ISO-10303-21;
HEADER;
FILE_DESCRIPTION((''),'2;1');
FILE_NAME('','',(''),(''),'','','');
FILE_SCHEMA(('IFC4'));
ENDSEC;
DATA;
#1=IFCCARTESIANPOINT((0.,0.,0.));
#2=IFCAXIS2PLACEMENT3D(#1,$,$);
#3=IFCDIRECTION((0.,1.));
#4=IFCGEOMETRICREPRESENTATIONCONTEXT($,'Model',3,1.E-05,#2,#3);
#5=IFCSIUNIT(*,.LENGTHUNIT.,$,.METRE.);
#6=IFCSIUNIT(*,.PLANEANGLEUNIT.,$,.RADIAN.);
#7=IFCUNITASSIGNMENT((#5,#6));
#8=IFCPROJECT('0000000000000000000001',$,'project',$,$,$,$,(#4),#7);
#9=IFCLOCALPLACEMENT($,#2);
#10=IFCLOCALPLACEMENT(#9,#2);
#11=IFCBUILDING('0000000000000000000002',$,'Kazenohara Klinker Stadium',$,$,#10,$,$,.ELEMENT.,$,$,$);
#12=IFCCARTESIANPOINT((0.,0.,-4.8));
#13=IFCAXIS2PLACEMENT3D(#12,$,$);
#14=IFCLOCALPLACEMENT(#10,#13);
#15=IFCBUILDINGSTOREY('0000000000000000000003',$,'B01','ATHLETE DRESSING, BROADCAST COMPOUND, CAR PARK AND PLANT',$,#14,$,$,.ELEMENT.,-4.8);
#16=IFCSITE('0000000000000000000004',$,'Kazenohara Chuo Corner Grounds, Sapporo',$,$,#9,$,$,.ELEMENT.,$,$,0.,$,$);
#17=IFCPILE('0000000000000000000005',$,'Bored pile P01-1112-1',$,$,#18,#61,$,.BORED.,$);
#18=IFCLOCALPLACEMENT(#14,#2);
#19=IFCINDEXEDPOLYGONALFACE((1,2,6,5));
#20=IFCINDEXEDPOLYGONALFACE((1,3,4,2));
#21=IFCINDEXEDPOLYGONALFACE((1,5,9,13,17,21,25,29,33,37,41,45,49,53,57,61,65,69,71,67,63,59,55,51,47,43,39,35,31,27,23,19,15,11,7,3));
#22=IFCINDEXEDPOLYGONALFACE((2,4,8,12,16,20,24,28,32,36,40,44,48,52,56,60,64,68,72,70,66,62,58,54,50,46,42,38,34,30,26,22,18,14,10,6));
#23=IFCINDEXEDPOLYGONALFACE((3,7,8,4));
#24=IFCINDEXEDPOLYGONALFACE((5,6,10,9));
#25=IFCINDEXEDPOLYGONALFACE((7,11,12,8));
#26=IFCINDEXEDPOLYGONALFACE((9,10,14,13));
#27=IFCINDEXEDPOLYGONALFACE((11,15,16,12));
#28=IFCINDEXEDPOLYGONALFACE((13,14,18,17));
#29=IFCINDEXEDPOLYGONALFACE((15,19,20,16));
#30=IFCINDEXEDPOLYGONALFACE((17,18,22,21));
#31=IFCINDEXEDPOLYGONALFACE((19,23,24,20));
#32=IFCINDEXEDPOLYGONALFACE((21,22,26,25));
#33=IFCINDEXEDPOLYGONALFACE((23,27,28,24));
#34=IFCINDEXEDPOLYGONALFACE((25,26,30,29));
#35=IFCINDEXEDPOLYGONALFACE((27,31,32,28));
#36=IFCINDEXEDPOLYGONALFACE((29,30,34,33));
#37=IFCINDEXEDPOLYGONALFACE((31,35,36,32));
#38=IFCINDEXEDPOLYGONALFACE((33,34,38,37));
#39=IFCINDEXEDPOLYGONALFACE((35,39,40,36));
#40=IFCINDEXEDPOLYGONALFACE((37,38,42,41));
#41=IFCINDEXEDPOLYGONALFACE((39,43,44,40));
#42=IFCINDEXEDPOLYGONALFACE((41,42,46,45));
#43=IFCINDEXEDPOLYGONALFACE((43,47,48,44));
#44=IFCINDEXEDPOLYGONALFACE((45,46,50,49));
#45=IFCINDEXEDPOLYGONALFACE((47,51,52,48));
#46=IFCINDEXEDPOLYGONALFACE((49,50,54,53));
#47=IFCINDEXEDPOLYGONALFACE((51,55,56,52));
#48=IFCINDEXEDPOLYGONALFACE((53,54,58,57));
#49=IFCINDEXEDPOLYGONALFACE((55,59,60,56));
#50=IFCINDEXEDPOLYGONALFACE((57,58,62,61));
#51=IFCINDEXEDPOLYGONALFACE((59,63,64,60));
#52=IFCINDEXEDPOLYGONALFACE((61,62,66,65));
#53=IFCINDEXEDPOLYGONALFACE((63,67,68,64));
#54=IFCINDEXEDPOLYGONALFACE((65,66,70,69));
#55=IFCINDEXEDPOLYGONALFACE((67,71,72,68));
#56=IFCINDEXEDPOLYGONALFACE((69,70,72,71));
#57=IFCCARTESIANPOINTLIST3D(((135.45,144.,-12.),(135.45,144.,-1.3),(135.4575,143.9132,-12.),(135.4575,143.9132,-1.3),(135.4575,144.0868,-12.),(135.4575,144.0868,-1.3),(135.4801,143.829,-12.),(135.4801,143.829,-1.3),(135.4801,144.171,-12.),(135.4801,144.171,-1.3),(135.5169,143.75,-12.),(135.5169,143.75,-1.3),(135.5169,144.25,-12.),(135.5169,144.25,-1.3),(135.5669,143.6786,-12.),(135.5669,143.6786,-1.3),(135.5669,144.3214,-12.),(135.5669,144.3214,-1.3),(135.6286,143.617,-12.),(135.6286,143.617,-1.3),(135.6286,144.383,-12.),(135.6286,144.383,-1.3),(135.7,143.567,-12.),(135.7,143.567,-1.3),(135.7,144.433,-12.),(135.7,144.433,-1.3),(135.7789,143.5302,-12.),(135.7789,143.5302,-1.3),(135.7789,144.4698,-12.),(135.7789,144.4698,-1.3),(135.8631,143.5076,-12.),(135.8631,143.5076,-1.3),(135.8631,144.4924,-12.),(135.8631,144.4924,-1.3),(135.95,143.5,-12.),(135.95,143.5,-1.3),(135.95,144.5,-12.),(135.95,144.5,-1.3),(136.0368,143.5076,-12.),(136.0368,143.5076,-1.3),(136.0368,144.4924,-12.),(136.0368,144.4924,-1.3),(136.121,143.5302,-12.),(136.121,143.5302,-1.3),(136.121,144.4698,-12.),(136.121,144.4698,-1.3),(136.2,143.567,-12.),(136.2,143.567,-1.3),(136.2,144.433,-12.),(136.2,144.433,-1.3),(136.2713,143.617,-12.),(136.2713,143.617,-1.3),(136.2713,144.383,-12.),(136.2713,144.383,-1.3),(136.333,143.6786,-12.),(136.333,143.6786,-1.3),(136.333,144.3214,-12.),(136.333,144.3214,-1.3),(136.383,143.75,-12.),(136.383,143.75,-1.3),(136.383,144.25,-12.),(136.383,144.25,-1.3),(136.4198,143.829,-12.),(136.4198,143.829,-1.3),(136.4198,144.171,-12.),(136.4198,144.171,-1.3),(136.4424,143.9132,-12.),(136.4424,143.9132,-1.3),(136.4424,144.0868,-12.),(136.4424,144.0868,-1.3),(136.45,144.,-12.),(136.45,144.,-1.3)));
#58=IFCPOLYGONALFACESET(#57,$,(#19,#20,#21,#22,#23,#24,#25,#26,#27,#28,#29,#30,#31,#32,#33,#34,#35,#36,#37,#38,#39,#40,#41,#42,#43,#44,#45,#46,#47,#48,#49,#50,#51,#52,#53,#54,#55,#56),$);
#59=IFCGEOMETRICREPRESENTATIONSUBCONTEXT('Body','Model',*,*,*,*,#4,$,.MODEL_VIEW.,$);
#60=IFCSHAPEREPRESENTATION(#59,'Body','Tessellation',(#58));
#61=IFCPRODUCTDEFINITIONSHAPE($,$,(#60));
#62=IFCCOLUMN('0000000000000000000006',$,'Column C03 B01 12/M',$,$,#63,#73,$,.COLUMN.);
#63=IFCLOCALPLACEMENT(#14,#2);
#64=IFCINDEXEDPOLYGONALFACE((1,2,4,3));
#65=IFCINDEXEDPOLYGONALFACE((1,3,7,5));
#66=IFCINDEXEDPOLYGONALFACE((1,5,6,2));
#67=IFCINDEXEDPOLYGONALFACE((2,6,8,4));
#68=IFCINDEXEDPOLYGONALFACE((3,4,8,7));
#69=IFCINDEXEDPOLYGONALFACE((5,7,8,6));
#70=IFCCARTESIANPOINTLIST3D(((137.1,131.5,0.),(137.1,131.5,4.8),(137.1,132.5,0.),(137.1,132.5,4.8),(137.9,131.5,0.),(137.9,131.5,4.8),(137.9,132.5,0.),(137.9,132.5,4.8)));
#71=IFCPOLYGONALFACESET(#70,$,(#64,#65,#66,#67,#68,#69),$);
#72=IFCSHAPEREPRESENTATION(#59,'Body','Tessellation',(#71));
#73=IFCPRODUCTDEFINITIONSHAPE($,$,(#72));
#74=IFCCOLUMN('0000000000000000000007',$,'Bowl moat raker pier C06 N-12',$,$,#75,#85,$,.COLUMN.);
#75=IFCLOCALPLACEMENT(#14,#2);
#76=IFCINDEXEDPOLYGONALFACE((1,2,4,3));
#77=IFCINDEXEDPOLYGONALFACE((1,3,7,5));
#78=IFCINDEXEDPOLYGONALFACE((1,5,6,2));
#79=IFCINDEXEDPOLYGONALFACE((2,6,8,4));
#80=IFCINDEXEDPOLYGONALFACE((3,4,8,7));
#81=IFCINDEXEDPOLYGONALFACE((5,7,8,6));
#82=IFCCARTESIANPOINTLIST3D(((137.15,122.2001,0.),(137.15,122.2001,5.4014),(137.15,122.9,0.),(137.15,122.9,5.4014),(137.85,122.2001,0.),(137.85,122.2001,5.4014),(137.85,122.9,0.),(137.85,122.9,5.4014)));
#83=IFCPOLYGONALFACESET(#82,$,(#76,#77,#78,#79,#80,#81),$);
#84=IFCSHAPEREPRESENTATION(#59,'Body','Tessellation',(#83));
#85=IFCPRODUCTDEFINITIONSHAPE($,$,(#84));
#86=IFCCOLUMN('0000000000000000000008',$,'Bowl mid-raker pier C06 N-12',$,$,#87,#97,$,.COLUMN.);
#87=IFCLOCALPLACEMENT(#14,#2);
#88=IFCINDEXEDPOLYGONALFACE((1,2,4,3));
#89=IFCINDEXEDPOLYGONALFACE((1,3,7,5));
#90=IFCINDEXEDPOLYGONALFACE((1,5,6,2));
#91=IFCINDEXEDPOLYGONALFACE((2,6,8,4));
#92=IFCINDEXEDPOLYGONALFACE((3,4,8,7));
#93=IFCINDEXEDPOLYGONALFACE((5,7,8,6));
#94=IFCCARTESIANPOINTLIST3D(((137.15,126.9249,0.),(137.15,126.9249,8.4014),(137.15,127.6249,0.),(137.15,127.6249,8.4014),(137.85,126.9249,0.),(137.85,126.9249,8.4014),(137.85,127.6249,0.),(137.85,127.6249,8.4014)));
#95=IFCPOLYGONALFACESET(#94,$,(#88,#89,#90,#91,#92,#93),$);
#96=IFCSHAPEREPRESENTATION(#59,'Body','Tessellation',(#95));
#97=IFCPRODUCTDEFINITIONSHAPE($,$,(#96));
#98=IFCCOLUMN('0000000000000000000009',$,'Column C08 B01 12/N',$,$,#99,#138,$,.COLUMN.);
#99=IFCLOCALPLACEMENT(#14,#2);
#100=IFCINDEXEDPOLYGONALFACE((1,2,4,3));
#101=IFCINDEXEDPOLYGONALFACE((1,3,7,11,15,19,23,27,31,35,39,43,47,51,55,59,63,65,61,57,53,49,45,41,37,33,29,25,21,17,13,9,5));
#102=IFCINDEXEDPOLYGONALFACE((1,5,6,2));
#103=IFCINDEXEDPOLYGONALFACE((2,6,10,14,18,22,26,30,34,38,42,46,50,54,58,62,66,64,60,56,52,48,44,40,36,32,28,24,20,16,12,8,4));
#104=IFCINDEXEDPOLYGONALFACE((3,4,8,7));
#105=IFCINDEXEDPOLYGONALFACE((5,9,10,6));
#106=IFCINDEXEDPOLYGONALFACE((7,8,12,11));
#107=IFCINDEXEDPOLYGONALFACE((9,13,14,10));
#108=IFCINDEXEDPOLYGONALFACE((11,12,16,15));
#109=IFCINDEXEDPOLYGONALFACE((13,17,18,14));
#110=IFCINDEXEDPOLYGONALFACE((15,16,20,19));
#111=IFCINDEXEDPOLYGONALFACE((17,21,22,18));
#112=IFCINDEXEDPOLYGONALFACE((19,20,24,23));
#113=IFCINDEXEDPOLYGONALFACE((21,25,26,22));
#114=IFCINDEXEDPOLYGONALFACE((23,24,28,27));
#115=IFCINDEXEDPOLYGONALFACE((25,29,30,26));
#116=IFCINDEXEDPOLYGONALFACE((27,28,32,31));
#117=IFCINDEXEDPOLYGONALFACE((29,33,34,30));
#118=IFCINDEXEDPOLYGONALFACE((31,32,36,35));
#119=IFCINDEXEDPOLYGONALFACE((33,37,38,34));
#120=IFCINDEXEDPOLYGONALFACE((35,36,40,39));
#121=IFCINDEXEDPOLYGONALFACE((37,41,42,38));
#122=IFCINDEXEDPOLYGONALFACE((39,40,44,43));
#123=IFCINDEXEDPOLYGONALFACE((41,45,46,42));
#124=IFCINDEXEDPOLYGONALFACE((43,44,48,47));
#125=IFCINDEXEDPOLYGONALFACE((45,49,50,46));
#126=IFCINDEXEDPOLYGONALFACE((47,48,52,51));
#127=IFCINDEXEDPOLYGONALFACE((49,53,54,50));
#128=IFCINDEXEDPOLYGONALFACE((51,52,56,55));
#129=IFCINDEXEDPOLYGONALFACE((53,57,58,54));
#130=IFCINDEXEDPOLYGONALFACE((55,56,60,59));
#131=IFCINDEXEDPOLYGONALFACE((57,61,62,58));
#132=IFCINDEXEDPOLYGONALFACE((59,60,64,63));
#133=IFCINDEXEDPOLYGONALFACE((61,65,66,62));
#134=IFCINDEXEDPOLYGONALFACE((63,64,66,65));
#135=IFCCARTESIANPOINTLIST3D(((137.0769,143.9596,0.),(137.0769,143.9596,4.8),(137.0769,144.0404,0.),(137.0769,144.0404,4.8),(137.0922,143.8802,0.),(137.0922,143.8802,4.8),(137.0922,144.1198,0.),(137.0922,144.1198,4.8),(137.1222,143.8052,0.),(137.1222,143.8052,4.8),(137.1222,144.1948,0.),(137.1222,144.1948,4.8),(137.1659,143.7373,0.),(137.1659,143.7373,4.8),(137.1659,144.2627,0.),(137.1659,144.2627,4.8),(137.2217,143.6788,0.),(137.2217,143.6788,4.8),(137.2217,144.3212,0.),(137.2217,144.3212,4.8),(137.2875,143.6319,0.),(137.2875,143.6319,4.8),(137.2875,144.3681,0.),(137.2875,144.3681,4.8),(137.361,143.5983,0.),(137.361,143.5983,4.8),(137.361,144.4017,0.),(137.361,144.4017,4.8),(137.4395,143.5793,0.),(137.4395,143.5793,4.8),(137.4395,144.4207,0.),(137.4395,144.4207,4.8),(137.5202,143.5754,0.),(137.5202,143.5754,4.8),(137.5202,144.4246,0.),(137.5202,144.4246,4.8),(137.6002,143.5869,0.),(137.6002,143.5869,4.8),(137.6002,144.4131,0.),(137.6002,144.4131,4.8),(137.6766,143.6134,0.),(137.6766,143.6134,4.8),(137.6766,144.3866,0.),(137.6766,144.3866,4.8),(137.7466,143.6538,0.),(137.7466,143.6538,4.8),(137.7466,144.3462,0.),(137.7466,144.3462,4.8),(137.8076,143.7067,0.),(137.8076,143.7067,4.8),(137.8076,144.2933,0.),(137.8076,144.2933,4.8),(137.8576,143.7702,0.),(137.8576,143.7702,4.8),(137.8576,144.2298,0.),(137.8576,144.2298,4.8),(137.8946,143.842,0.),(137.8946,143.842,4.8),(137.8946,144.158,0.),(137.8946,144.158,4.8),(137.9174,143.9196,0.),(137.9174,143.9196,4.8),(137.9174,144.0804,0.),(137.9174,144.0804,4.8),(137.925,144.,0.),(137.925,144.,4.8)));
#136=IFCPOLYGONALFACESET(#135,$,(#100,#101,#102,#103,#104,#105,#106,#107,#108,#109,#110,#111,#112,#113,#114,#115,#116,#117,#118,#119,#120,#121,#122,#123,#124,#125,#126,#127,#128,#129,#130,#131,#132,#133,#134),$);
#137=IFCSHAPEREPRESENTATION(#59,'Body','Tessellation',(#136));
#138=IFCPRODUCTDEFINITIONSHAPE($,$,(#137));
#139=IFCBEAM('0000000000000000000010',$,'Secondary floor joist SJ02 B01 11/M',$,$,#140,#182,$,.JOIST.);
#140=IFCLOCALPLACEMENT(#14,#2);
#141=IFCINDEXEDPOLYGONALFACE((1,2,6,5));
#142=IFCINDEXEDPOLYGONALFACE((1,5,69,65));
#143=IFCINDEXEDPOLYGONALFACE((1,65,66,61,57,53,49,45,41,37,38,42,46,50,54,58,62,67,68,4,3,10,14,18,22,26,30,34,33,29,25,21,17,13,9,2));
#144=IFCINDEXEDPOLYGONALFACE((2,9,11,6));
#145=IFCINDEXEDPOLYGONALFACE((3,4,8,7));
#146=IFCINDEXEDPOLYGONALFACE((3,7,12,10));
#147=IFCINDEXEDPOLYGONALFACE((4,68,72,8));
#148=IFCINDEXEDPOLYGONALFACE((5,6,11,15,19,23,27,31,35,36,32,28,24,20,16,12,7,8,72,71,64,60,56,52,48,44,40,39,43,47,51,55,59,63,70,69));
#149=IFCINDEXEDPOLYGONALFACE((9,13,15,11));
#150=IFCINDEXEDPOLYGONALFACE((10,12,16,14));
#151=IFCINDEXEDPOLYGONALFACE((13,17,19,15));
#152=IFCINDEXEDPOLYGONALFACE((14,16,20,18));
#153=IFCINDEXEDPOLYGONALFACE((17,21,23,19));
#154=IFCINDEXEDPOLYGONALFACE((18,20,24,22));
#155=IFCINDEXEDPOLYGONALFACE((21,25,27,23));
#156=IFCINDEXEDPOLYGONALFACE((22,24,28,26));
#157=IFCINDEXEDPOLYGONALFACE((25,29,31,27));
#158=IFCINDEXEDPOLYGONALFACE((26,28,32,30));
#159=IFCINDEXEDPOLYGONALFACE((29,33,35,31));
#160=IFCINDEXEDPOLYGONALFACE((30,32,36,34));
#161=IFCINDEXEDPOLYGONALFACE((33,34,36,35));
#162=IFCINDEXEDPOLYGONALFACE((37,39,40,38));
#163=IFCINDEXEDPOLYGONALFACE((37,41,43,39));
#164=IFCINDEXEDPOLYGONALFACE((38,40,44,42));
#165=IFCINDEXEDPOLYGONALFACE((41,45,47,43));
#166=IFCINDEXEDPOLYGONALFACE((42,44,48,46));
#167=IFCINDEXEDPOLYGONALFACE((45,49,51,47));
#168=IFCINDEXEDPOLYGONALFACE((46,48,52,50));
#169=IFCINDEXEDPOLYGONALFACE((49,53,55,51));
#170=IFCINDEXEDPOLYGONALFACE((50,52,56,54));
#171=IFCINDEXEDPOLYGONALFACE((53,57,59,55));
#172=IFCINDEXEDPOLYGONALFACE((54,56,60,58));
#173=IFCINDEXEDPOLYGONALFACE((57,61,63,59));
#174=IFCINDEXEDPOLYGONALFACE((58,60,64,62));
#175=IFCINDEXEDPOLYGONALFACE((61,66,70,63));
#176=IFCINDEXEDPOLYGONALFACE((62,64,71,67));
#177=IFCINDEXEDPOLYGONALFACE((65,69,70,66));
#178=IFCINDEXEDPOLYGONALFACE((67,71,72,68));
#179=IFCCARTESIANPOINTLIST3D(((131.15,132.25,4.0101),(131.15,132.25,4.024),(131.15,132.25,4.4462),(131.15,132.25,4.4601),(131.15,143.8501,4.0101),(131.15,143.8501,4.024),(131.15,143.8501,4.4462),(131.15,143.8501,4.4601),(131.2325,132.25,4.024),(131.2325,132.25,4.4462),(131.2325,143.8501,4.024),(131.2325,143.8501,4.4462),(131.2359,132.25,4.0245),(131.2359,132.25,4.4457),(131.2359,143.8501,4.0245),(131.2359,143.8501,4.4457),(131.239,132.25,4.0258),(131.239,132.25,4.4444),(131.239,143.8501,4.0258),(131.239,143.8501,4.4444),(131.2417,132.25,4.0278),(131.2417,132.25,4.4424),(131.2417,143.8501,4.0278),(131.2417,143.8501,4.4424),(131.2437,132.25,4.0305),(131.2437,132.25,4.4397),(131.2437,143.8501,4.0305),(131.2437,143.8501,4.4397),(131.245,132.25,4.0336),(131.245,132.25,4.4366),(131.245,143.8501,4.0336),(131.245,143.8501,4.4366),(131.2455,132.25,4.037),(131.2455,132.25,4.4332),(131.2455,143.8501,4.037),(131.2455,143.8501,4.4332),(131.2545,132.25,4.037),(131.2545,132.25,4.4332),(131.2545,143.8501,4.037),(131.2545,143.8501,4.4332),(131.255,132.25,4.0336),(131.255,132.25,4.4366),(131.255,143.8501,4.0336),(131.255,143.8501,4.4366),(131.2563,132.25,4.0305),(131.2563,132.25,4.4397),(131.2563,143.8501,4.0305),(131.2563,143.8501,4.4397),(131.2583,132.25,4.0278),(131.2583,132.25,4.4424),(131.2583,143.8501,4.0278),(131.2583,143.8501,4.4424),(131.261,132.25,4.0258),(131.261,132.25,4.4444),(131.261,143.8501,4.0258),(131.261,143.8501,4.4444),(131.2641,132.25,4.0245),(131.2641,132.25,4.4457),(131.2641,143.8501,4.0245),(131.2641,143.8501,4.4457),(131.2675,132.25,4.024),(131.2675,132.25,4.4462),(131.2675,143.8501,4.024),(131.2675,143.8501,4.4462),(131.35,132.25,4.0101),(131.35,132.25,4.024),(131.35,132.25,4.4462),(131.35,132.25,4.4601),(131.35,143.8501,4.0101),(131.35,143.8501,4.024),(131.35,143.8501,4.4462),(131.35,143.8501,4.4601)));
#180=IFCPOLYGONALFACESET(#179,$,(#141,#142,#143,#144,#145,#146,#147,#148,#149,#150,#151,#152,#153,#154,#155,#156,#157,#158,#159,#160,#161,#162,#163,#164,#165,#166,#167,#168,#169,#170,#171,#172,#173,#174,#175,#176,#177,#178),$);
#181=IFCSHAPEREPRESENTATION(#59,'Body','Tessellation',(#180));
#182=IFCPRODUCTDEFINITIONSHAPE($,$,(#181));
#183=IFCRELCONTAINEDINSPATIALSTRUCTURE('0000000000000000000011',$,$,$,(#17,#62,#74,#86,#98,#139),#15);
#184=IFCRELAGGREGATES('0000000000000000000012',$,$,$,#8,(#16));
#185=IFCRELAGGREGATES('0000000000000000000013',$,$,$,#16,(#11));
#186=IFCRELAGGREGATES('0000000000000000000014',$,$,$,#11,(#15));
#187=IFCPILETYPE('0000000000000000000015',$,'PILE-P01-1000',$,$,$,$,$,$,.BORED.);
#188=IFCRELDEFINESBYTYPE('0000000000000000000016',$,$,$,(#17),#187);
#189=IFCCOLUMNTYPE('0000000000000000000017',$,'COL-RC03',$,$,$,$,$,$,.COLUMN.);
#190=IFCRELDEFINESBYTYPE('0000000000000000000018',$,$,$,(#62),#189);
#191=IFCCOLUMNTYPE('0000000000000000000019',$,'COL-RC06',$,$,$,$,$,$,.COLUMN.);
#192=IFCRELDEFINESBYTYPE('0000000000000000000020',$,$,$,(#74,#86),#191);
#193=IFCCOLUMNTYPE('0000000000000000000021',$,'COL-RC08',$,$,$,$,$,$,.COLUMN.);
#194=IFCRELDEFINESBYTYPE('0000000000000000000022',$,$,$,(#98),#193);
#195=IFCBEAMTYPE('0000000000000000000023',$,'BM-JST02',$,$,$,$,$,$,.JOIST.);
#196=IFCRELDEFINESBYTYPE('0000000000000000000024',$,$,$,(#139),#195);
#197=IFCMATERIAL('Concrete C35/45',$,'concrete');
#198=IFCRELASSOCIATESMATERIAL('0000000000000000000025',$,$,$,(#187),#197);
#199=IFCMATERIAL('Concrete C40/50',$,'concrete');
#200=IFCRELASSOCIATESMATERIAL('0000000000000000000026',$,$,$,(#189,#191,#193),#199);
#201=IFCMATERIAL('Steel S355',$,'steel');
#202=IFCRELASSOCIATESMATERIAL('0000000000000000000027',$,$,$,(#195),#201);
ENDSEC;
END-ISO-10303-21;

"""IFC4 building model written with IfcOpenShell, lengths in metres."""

from ifc_helpers import new_model, si_unit, direction, frame, origin, origin_2d, place, context, subcontext, project, spatial, rectangle, circle, i_section, extrude, material, material_profile, profile_set, type_object, element, save


model = new_model("IFC4")

# Units and contexts
model_context = context("Model", 3, precision=1e-05, world=origin(), true_north=direction((0.0, 1.0)))
body_context = subcontext(model_context, "Body", "Model", "MODEL_VIEW")
ifc_project = project(units=[si_unit("LENGTHUNIT", "METRE"), si_unit("PLANEANGLEUNIT", "RADIAN")], contexts=[model_context])

# Site, building, storey
site_placement = place(None, origin())
site = spatial("IfcSite", under=ifc_project, at=site_placement, Name="Kazenohara Chuo Corner Grounds, Sapporo", CompositionType="ELEMENT", RefElevation=0.0)
building_placement = place(site_placement, origin())
building = spatial("IfcBuilding", under=site, at=building_placement, Name="Kazenohara Klinker Stadium", CompositionType="ELEMENT")
storey_placement = place(building_placement, frame((0.0, 0.0, -4.8)))
storey = spatial("IfcBuildingStorey", under=building, at=storey_placement, Name="B01", Description="ATHLETE DRESSING, BROADCAST COMPOUND, CAR PARK AND PLANT", CompositionType="ELEMENT", Elevation=-4.8)

# Shared definitions
ifc_material_1 = material(Name="Concrete C35/45", Category="concrete")

# Pile
ifc_material_profile_1 = material_profile(ifc_material_1, circle(Radius=0.5, at=origin_2d()), Name="BORED-PILE-1000")
ifc_profile_set_1 = profile_set([ifc_material_profile_1], Name="Concrete C35/45")
pile_type = type_object("IfcPileType", Name="PILE-P01-1000", PredefinedType="BORED", material=ifc_profile_set_1)
pile_1_placement = place(storey_placement, frame((135.95, 144.0, -1.3), z_axis=(0.0, 0.0, -1.0), x_axis=(1.0, 0.0, 0.0)))
element("IfcPile", 1, at=pile_1_placement, inside=storey, type_object=pile_type, Name="Bored pile P01-1112-1", PredefinedType="BORED", context=body_context, shape_type="SweptSolid", body=[
    extrude(circle(Radius=0.5, at=origin_2d()), origin(), (0.0, 0.0, 1.0), 10.7),
])

# Columns
ifc_material_2 = material(Name="Concrete C40/50", Category="concrete")
ifc_material_profile_2 = material_profile(ifc_material_2, rectangle(XDim=0.8, YDim=1.0, at=origin_2d()), Name="RC-COL-1000x800")
ifc_profile_set_2 = profile_set([ifc_material_profile_2], Name="Concrete C40/50")
column_type_1 = type_object("IfcColumnType", Name="COL-RC03", PredefinedType="COLUMN", material=ifc_profile_set_2)
column_1_placement = place(storey_placement, frame((137.5, 132.0, 0.0), z_axis=(0.0, 0.0, 1.0), x_axis=(1.0, 0.0, 0.0)))
element("IfcColumn", 2, at=column_1_placement, inside=storey, type_object=column_type_1, Name="Column C03 B01 12/M", PredefinedType="COLUMN", context=body_context, shape_type="SweptSolid", body=[
    extrude(rectangle(XDim=0.8, YDim=1.0, at=origin_2d()), origin(), (0.0, 0.0, 1.0), 4.8),
])
ifc_material_profile_3 = material_profile(ifc_material_2, rectangle(XDim=0.7, YDim=0.7, at=origin_2d()), Name="RC-COL-700x700")
ifc_profile_set_3 = profile_set([ifc_material_profile_3], Name="Concrete C40/50")
column_type_2 = type_object("IfcColumnType", Name="COL-RC06", PredefinedType="COLUMN", material=ifc_profile_set_3)
column_2_placement = place(storey_placement, frame((137.5, 122.55, 0.0), z_axis=(0.0, 0.0, 1.0), x_axis=(1.0, 0.0, 0.0)))
element("IfcColumn", 3, at=column_2_placement, inside=storey, type_object=column_type_2, Name="Bowl moat raker pier C06 N-12", PredefinedType="COLUMN", context=body_context, shape_type="SweptSolid", body=[
    extrude(rectangle(XDim=0.7, YDim=0.7, at=origin_2d()), origin(), (0.0, 0.0, 1.0), 5.4014),
])
column_3_placement = place(storey_placement, frame((137.5, 127.2749, 0.0), z_axis=(0.0, 0.0, 1.0), x_axis=(1.0, 0.0, 0.0)))
element("IfcColumn", 4, at=column_3_placement, inside=storey, type_object=column_type_2, Name="Bowl mid-raker pier C06 N-12", PredefinedType="COLUMN", context=body_context, shape_type="SweptSolid", body=[
    extrude(rectangle(XDim=0.7, YDim=0.7, at=origin_2d()), origin(), (0.0, 0.0, 1.0), 8.4014),
])
ifc_material_profile_4 = material_profile(ifc_material_2, circle(Radius=0.425, at=origin_2d()), Name="RC-COL-D850")
ifc_profile_set_4 = profile_set([ifc_material_profile_4], Name="Concrete C40/50")
column_type_3 = type_object("IfcColumnType", Name="COL-RC08", PredefinedType="COLUMN", material=ifc_profile_set_4)
column_4_placement = place(storey_placement, frame((137.5, 144.0, 0.0), z_axis=(0.0, 0.0, 1.0), x_axis=(1.0, 0.0, 0.0)))
element("IfcColumn", 5, at=column_4_placement, inside=storey, type_object=column_type_3, Name="Column C08 B01 12/N", PredefinedType="COLUMN", context=body_context, shape_type="SweptSolid", body=[
    extrude(circle(Radius=0.425, at=origin_2d()), origin(), (0.0, 0.0, 1.0), 4.8),
])

# Beam
ifc_material_3 = material(Name="Steel S355", Category="steel")
ifc_material_profile_5 = material_profile(ifc_material_3, i_section(OverallWidth=0.2, OverallDepth=0.45, WebThickness=0.009, FlangeThickness=0.0139, FilletRadius=0.0129, at=origin_2d()), Name="H-450x200x9x14")
ifc_profile_set_5 = profile_set([ifc_material_profile_5], Name="Steel S355")
beam_type_1 = type_object("IfcBeamType", Name="BM-JST02", PredefinedType="JOIST", material=ifc_profile_set_5)
beam_1_placement = place(storey_placement, frame((131.25, 132.25, 4.2351), z_axis=(0.0, 1.0, 0.0), x_axis=(-1.0, 0.0, 0.0)))
element("IfcBeam", 6, at=beam_1_placement, inside=storey, type_object=beam_type_1, Name="Secondary floor joist SJ02 B01 11/M", PredefinedType="JOIST", context=body_context, shape_type="SweptSolid", body=[
    extrude(i_section(OverallWidth=0.2, OverallDepth=0.45, WebThickness=0.009, FlangeThickness=0.0139, FilletRadius=0.0129, at=origin_2d()), origin(), (0.0, 0.0, 1.0), 11.6001),
])

save(model, "model.ifc")
